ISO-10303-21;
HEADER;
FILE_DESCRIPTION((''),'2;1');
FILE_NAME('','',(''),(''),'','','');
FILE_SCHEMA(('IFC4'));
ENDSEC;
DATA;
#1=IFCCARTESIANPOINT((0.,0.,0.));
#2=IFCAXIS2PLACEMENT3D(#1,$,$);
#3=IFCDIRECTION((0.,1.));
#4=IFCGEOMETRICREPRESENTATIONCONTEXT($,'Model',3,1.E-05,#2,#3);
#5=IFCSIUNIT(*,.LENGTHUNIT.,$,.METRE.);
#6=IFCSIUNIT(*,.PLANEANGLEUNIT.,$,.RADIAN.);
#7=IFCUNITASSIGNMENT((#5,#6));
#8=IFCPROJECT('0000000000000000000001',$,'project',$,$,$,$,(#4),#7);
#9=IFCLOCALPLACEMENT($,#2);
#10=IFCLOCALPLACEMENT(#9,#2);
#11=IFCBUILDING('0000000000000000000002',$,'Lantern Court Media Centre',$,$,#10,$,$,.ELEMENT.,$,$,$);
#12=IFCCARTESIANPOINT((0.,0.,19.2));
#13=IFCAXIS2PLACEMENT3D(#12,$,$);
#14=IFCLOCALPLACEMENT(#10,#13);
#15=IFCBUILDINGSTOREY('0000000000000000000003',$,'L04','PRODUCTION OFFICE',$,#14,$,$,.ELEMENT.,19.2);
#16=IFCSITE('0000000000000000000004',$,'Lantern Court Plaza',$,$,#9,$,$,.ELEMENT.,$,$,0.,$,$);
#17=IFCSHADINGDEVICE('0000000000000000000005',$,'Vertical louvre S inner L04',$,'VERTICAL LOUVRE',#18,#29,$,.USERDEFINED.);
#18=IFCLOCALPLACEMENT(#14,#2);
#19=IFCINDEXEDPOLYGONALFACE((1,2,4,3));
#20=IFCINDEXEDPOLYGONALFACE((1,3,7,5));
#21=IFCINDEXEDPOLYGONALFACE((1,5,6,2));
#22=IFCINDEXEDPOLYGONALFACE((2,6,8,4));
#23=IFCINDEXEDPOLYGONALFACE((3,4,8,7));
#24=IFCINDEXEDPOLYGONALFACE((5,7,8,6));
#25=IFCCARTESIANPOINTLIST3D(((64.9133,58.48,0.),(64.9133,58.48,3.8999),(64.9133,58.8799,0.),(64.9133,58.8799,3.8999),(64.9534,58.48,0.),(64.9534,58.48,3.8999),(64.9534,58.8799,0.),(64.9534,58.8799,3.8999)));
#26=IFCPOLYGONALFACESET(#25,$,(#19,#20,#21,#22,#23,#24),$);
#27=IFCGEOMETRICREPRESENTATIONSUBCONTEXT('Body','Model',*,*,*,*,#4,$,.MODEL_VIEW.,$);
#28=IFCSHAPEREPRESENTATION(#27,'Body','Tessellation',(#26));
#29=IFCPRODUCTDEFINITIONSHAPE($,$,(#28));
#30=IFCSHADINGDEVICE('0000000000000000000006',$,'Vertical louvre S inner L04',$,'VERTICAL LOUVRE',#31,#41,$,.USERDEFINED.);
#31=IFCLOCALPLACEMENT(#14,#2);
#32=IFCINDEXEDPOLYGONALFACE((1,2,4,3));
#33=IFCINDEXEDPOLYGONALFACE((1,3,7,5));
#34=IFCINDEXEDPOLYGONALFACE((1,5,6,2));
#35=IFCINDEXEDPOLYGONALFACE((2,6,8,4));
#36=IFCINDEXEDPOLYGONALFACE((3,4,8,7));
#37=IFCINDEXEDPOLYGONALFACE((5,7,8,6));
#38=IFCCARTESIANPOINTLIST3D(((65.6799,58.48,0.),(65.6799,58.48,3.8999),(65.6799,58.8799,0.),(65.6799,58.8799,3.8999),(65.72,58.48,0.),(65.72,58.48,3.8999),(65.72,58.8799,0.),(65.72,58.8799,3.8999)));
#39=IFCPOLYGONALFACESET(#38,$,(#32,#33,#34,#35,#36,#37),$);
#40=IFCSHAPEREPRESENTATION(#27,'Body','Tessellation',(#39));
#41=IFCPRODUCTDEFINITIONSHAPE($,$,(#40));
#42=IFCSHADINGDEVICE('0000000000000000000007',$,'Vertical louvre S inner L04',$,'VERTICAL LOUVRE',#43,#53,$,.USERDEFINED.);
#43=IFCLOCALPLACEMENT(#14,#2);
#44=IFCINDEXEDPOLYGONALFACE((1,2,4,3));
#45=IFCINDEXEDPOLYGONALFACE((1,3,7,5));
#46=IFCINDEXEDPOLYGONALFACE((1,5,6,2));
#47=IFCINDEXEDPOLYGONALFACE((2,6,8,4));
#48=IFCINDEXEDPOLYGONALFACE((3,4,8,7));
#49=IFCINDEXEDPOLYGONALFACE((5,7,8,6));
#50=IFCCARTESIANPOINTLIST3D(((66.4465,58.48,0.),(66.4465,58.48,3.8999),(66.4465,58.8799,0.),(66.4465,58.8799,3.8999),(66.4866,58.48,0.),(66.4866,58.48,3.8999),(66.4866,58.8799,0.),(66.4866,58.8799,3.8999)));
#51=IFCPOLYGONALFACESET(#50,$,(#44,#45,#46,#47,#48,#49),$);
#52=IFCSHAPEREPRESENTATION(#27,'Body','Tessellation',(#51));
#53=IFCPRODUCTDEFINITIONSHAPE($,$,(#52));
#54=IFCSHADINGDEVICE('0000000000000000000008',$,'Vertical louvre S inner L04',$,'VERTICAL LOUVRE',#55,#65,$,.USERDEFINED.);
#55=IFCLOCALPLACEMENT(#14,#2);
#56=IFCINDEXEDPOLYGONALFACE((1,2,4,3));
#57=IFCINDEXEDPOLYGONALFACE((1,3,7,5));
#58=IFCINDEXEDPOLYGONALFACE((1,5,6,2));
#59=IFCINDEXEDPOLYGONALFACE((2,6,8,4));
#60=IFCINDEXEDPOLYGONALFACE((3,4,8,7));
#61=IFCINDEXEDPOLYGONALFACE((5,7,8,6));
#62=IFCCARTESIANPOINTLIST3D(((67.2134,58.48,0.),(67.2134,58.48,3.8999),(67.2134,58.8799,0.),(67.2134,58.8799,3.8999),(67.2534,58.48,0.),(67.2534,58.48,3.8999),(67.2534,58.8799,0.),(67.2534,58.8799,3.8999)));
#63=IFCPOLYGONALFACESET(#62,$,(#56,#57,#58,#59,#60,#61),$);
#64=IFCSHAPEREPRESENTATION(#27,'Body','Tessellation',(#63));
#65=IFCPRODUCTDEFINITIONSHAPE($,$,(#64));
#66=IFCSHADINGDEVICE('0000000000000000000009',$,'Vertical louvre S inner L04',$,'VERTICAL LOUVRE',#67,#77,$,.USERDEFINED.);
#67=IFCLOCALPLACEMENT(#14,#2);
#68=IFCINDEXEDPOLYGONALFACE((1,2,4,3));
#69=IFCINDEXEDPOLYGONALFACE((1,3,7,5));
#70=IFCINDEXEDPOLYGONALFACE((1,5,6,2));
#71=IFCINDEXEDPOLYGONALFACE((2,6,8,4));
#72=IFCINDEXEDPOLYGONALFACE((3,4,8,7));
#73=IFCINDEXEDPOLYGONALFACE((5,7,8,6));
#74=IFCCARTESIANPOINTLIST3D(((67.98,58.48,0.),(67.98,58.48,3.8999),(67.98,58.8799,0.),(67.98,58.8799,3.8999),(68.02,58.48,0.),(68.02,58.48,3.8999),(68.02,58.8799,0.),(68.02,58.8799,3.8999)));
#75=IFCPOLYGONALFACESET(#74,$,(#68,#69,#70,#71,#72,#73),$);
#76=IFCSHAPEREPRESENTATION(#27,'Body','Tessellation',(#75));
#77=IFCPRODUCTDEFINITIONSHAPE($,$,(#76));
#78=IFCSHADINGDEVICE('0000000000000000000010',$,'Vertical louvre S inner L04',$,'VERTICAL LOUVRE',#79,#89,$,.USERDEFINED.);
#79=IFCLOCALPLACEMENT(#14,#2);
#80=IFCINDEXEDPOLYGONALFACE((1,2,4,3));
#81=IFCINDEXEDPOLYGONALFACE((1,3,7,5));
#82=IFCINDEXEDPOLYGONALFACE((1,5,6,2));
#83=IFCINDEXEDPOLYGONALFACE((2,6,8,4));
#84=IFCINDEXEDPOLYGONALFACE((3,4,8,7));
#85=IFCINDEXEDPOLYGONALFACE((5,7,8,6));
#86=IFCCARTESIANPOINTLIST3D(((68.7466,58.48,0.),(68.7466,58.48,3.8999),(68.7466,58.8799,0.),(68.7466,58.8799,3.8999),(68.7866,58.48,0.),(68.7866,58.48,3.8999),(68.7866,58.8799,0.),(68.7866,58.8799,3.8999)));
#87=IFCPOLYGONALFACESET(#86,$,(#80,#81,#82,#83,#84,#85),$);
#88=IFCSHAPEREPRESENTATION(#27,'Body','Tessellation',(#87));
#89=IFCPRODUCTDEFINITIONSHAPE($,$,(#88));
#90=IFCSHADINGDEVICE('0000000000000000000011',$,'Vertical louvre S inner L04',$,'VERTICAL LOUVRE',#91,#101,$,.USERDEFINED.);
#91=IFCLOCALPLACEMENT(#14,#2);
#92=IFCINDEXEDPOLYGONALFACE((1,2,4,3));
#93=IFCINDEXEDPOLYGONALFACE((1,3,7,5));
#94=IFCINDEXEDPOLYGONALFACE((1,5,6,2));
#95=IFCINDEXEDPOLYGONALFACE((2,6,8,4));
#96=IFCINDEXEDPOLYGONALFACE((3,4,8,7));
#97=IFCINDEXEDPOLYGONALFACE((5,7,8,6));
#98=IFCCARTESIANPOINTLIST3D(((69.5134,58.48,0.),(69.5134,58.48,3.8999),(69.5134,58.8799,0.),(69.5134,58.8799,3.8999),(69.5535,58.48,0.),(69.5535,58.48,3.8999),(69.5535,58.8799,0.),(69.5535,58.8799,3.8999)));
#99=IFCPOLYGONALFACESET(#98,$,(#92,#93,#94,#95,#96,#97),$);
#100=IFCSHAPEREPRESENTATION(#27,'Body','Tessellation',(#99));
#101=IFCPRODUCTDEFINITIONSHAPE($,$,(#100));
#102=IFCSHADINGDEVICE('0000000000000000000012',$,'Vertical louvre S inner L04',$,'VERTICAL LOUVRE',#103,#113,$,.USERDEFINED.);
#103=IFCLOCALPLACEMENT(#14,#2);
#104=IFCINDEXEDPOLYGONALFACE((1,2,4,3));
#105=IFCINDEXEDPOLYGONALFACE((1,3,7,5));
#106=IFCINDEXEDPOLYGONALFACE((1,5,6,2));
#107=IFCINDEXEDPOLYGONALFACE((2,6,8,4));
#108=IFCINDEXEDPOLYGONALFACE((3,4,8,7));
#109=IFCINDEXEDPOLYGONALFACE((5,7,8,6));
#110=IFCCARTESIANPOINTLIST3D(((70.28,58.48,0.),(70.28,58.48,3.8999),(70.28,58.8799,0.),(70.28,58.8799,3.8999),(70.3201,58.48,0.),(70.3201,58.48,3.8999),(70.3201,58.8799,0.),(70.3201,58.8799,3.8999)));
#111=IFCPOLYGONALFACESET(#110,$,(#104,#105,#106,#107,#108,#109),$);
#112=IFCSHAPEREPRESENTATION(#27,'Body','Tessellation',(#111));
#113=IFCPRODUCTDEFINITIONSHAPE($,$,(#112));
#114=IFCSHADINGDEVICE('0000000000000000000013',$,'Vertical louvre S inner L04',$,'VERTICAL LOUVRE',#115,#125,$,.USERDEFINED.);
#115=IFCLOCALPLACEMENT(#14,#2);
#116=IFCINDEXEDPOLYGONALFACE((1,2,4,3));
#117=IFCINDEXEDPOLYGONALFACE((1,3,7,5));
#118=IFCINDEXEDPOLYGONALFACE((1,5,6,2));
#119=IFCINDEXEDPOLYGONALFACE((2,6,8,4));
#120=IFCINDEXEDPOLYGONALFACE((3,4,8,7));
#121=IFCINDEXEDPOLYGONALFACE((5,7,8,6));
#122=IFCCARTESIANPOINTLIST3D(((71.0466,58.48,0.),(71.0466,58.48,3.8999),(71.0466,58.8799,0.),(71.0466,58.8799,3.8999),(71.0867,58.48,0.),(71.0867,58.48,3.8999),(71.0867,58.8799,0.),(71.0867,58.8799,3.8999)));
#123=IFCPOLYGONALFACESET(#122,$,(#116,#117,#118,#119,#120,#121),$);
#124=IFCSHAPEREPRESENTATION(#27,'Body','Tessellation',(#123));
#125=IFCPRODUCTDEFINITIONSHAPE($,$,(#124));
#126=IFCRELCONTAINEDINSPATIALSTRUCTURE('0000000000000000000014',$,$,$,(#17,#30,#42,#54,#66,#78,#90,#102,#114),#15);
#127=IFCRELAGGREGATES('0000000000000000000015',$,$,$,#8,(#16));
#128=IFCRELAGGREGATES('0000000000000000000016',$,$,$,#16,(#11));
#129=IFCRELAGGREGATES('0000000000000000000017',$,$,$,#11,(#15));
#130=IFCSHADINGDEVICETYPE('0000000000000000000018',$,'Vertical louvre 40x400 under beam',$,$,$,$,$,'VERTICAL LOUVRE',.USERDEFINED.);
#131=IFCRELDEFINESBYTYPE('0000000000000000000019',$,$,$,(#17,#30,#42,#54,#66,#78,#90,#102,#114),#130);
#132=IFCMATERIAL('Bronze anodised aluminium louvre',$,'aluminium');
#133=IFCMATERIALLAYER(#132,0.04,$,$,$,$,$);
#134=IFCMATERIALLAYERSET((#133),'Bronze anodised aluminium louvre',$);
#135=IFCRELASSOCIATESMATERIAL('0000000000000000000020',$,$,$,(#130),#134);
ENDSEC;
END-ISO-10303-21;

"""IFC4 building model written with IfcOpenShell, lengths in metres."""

from ifc_helpers import new_model, si_unit, direction, frame, origin, origin_2d, place, context, subcontext, project, spatial, rectangle, extrude, material, layer, layer_set, type_object, element, save


model = new_model("IFC4")

# Units and contexts
model_context = context("Model", 3, precision=1e-05, world=origin(), true_north=direction((0.0, 1.0)))
body_context = subcontext(model_context, "Body", "Model", "MODEL_VIEW")
ifc_project = project(units=[si_unit("LENGTHUNIT", "METRE"), si_unit("PLANEANGLEUNIT", "RADIAN")], contexts=[model_context])

# Site, building, storey
site_placement = place(None, origin())
site = spatial("IfcSite", under=ifc_project, at=site_placement, Name="Lantern Court Plaza", CompositionType="ELEMENT", RefElevation=0.0)
building_placement = place(site_placement, origin())
building = spatial("IfcBuilding", under=site, at=building_placement, Name="Lantern Court Media Centre", CompositionType="ELEMENT")
storey_placement = place(building_placement, frame((0.0, 0.0, 19.2)))
storey = spatial("IfcBuildingStorey", under=building, at=storey_placement, Name="L04", Description="PRODUCTION OFFICE", CompositionType="ELEMENT", Elevation=19.2)

# Shading devices
ifc_material_1 = material(Name="Bronze anodised aluminium louvre", Category="aluminium")
ifc_layer_1 = layer(ifc_material_1, 0.04)
ifc_layer_set_1 = layer_set([ifc_layer_1], Name="Bronze anodised aluminium louvre")
shading_device_type = type_object("IfcShadingDeviceType", Name="Vertical louvre 40x400 under beam", ElementType="VERTICAL LOUVRE", PredefinedType="USERDEFINED", material=ifc_layer_set_1)
for number, where, z_axis, x_axis, name in (
    (1, (64.9333, 58.6799, 0.0), (0.0, 0.0, 1.0), (1.0, 0.0, 0.0), "Vertical louvre S inner L04"),
    (2, (65.7, 58.6799, 0.0), (0.0, 0.0, 1.0), (1.0, 0.0, 0.0), "Vertical louvre S inner L04"),
    (3, (66.4666, 58.6799, 0.0), (0.0, 0.0, 1.0), (1.0, 0.0, 0.0), "Vertical louvre S inner L04"),
    (4, (67.2334, 58.6799, 0.0), (0.0, 0.0, 1.0), (1.0, 0.0, 0.0), "Vertical louvre S inner L04"),
    (5, (68.0, 58.6799, 0.0), (0.0, 0.0, 1.0), (1.0, 0.0, 0.0), "Vertical louvre S inner L04"),
    (6, (68.7666, 58.6799, 0.0), (0.0, 0.0, 1.0), (1.0, 0.0, 0.0), "Vertical louvre S inner L04"),
    (7, (69.5334, 58.6799, 0.0), (0.0, 0.0, 1.0), (1.0, 0.0, 0.0), "Vertical louvre S inner L04"),
    (8, (70.3, 58.6799, 0.0), (0.0, 0.0, 1.0), (1.0, 0.0, 0.0), "Vertical louvre S inner L04"),
    (9, (71.0667, 58.6799, 0.0), (0.0, 0.0, 1.0), (1.0, 0.0, 0.0), "Vertical louvre S inner L04"),
):
    element("IfcShadingDevice", number, at=place(storey_placement, frame(where, z_axis=z_axis, x_axis=x_axis)), inside=storey, type_object=shading_device_type, Name=name, ObjectType="VERTICAL LOUVRE", PredefinedType="USERDEFINED", context=body_context, shape_type="SweptSolid", body=[
        extrude(rectangle(XDim=0.04, YDim=0.3999, at=origin_2d()), origin(), (0.0, 0.0, 1.0), 3.8999),
    ])

save(model, "model.ifc")
